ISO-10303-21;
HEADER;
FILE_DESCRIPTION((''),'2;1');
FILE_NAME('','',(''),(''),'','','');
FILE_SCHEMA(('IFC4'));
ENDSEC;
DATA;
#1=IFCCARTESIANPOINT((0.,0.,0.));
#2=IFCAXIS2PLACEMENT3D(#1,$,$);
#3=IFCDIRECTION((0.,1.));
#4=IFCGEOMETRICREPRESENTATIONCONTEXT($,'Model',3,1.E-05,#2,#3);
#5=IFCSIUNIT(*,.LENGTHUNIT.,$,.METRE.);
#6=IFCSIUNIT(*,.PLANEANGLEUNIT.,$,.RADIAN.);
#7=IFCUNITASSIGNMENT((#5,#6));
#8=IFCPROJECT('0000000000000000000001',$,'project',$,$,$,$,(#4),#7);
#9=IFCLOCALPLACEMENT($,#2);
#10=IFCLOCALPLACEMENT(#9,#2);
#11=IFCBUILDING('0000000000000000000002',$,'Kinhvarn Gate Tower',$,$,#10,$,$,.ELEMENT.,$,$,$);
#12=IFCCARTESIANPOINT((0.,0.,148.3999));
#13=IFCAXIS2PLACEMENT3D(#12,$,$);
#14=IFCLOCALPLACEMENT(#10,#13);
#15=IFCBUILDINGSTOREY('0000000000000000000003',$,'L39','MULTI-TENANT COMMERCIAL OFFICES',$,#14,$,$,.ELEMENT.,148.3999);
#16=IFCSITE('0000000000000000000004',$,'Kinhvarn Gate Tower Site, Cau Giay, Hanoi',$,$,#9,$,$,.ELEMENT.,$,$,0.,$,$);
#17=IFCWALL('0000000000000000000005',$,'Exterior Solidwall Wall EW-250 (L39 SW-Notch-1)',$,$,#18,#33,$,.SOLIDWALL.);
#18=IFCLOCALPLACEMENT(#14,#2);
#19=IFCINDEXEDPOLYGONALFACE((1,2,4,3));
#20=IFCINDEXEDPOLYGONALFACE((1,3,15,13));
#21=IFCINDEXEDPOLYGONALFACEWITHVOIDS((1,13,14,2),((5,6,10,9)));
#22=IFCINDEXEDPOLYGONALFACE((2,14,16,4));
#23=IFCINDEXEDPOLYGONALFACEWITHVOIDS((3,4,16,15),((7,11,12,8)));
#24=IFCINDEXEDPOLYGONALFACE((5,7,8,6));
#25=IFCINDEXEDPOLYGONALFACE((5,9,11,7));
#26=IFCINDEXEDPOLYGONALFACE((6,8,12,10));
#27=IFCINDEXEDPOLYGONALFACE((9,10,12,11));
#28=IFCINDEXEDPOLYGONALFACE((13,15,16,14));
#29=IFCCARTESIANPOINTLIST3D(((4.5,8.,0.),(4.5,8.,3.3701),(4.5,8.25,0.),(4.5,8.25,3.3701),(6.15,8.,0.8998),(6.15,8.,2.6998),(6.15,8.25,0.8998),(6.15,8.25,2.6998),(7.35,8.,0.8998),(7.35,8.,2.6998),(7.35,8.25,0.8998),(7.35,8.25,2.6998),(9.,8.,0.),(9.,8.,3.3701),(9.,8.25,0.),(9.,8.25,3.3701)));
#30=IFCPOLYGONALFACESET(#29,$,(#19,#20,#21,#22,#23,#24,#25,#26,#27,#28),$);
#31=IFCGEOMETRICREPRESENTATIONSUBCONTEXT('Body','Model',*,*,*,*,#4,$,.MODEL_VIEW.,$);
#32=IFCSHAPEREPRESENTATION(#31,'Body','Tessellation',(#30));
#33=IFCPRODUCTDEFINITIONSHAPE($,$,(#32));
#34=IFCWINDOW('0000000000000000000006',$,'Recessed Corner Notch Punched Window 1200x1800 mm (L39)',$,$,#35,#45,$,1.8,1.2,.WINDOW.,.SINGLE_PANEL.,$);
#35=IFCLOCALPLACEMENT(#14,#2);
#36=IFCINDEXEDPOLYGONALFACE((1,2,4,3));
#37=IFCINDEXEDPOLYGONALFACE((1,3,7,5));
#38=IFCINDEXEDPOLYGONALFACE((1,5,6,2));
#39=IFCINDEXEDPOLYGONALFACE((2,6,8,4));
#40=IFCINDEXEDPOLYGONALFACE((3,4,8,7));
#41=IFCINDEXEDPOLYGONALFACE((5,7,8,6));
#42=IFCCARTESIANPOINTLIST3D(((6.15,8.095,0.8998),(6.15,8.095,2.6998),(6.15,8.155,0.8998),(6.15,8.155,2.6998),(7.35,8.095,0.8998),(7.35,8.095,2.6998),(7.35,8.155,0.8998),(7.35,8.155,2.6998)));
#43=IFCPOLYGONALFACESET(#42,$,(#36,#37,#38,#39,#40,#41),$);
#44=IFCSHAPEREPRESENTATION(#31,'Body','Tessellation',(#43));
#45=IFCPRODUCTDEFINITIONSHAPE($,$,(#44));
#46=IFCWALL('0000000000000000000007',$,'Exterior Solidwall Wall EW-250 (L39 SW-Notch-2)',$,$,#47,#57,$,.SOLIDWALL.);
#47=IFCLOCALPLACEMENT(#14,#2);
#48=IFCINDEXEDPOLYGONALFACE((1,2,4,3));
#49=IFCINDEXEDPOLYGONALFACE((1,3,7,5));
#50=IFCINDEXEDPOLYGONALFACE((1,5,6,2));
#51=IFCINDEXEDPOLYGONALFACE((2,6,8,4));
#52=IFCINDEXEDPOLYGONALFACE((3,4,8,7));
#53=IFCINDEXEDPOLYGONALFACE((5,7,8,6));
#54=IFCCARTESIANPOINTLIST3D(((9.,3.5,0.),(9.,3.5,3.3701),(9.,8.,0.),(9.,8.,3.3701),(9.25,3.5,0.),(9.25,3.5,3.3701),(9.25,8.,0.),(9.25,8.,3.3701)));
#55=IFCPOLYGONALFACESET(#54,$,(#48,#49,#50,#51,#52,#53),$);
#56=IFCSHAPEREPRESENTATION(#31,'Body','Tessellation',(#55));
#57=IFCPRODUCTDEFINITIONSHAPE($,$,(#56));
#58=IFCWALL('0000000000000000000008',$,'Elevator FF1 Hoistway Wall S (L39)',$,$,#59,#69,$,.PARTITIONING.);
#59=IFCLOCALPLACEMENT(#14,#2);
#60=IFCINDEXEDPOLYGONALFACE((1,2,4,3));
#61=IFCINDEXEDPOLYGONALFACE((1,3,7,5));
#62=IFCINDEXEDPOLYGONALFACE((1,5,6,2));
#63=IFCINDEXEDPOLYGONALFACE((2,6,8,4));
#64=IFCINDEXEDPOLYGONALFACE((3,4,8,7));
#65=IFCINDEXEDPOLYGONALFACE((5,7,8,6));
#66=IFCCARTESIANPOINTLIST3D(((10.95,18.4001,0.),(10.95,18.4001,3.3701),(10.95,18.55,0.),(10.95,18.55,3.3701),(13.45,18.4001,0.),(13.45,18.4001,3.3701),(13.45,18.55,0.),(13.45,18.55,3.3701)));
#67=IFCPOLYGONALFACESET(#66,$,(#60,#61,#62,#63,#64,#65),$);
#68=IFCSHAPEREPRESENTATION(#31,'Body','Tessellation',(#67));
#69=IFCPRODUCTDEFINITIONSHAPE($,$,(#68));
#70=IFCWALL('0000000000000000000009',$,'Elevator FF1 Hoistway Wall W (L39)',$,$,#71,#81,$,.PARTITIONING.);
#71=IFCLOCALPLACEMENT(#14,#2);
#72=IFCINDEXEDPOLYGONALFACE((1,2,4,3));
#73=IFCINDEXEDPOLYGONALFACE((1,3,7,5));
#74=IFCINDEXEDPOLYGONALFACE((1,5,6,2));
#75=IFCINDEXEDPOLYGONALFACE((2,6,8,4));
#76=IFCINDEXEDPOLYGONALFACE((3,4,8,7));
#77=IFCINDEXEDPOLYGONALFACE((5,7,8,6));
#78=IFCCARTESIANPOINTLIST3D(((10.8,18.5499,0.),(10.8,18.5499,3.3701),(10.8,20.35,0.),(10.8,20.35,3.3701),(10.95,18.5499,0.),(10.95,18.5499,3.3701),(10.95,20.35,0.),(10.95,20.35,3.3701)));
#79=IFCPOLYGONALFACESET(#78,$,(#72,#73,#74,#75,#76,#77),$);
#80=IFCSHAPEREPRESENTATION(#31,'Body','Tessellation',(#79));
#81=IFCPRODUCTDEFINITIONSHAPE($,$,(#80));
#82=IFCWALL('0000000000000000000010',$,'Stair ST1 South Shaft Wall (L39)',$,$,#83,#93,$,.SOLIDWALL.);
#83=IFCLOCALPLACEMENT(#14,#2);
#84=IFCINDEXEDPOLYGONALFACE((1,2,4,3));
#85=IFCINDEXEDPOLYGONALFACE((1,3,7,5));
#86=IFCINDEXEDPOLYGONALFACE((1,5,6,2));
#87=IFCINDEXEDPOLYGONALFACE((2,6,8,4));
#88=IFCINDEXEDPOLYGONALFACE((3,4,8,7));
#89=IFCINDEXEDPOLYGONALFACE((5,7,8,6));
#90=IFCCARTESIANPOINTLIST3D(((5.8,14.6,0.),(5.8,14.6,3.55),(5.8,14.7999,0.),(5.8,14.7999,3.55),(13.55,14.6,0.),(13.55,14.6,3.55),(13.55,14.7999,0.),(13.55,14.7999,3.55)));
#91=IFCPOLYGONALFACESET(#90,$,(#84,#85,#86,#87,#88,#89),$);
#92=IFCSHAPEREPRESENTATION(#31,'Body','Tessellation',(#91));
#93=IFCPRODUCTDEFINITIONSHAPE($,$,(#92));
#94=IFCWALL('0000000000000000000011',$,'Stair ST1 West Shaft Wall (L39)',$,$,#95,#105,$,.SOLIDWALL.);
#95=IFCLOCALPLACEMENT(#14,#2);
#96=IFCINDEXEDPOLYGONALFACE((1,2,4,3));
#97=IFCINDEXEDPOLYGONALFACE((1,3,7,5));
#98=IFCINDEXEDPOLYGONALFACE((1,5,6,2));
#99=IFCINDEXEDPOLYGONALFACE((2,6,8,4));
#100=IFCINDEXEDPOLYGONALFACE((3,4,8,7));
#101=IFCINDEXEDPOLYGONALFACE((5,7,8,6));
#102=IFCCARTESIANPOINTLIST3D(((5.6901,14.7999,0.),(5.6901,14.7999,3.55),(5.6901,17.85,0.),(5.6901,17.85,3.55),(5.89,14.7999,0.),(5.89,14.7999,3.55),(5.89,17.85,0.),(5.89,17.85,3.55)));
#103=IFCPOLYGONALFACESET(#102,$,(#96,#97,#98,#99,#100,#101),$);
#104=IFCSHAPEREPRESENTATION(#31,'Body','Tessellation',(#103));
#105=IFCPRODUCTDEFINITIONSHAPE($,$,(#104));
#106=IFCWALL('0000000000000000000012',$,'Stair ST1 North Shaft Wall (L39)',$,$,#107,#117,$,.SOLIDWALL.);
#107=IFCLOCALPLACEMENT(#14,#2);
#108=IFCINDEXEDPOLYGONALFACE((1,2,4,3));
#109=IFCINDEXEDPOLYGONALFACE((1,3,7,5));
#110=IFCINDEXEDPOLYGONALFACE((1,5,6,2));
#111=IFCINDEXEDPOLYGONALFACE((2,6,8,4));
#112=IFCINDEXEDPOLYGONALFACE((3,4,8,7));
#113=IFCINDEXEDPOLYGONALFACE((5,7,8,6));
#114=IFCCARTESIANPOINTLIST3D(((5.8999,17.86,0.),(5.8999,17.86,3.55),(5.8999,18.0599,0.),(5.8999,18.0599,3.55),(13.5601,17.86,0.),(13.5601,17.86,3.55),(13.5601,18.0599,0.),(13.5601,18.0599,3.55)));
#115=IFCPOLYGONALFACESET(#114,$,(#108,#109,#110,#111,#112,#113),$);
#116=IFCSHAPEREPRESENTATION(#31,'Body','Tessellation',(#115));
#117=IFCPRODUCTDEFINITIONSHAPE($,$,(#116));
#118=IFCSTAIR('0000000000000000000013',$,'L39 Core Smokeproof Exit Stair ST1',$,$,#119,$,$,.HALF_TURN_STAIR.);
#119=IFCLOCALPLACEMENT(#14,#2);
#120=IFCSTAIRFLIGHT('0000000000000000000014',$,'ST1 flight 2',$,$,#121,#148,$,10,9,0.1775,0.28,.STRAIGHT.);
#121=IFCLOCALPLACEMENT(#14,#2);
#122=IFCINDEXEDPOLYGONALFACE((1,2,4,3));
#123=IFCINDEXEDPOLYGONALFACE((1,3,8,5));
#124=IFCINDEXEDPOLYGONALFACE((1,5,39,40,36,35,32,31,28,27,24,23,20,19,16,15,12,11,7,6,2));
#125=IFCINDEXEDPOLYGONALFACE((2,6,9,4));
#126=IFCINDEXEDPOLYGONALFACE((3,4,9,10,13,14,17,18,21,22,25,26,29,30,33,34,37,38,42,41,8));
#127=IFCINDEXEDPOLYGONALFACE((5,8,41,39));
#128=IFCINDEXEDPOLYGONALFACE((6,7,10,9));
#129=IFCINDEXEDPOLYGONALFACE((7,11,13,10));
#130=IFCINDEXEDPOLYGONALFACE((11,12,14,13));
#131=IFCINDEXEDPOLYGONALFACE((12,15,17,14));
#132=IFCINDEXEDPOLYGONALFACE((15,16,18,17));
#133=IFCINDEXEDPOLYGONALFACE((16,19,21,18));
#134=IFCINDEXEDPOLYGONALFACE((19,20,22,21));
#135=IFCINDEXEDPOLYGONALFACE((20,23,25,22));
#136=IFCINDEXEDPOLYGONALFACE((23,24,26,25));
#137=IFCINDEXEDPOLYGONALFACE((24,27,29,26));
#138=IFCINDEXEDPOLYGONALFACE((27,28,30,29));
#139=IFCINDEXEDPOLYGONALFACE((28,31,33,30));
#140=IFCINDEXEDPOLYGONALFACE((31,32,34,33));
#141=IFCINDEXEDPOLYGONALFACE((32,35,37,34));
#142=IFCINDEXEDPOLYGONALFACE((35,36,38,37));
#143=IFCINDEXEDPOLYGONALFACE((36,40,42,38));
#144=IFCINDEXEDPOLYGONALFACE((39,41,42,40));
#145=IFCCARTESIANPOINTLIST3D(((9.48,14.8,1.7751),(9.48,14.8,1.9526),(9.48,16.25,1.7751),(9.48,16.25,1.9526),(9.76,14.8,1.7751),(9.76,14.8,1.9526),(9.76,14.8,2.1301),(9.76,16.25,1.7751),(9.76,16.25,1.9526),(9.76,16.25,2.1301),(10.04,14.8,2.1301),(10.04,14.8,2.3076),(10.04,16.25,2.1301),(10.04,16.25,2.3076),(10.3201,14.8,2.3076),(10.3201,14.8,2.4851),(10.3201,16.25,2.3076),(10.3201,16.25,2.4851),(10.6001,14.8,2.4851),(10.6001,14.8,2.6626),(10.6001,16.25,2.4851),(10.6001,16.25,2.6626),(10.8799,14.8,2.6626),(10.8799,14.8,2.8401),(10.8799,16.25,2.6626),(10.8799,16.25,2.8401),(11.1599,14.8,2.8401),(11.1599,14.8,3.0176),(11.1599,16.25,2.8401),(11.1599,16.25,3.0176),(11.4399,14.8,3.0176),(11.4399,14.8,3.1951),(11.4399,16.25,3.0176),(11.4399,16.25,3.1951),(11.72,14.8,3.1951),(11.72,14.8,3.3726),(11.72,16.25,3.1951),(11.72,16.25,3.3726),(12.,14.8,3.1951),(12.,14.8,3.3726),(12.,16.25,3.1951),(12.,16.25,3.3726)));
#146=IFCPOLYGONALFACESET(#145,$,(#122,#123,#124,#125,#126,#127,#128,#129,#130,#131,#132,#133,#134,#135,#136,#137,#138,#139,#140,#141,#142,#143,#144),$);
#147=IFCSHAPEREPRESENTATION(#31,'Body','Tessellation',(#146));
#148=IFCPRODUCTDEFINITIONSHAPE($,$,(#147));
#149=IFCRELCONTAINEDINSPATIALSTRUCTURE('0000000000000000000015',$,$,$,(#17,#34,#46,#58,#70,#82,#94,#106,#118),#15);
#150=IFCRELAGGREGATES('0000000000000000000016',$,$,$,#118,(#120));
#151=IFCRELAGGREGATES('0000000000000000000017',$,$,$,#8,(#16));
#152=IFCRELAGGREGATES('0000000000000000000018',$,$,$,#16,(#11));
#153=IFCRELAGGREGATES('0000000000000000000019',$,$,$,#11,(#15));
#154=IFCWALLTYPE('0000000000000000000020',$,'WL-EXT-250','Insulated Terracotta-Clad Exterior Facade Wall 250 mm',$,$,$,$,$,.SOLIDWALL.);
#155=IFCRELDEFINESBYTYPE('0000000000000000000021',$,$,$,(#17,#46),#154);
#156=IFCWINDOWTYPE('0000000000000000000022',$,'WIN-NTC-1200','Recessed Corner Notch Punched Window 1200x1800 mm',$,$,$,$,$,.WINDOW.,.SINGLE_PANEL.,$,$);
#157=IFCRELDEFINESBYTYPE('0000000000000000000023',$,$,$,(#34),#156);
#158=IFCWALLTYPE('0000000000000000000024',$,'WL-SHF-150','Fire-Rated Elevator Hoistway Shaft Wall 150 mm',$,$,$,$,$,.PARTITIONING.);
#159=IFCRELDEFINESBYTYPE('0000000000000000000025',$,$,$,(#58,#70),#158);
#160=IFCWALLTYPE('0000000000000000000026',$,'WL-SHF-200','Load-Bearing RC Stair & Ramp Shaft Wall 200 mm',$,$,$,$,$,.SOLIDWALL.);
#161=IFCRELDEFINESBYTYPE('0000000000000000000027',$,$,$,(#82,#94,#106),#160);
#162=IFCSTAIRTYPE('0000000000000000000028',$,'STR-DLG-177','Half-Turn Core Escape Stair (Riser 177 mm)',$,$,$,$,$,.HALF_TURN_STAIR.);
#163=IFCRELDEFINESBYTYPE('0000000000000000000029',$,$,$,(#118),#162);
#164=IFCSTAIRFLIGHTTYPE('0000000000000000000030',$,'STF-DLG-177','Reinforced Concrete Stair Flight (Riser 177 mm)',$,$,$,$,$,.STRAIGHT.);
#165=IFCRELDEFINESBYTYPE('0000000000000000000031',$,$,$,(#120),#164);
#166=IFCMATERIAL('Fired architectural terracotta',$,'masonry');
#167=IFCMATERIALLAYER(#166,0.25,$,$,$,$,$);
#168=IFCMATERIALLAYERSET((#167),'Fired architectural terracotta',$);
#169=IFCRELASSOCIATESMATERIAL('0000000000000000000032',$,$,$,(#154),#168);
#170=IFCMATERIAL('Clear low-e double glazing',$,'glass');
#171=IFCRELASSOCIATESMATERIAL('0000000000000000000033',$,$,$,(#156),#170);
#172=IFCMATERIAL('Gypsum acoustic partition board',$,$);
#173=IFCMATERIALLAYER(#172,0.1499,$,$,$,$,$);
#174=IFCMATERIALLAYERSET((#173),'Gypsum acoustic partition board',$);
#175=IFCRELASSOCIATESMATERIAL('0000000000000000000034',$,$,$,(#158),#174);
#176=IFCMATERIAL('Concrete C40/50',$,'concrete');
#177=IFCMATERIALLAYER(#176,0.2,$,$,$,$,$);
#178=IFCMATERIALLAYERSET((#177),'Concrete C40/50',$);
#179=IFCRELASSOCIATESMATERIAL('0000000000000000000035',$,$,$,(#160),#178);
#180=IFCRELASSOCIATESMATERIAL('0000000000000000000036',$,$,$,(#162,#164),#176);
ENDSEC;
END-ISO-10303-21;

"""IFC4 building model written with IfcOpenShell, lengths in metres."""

from ifc_helpers import new_model, si_unit, direction, frame, frame_2d, origin, place, context, subcontext, project, spatial, polyline, rectangle, outline, extrude, material, layer, layer_set, type_object, element, fill, aggregate, save


model = new_model("IFC4")

# Units and contexts
model_context = context("Model", 3, precision=1e-05, world=origin(), true_north=direction((0.0, 1.0)))
body_context = subcontext(model_context, "Body", "Model", "MODEL_VIEW")
ifc_project = project(units=[si_unit("LENGTHUNIT", "METRE"), si_unit("PLANEANGLEUNIT", "RADIAN")], contexts=[model_context])

# Site, building, storey
site_placement = place(None, origin())
site = spatial("IfcSite", under=ifc_project, at=site_placement, Name="Kinhvarn Gate Tower Site, Cau Giay, Hanoi", CompositionType="ELEMENT", RefElevation=0.0)
building_placement = place(site_placement, origin())
building = spatial("IfcBuilding", under=site, at=building_placement, Name="Kinhvarn Gate Tower", CompositionType="ELEMENT")
storey_placement = place(building_placement, frame((0.0, 0.0, 148.3999)))
storey = spatial("IfcBuildingStorey", under=building, at=storey_placement, Name="L39", Description="MULTI-TENANT COMMERCIAL OFFICES", CompositionType="ELEMENT", Elevation=148.3999)

# Wall, opening, window
ifc_material_1 = material(Name="Fired architectural terracotta", Category="masonry")
ifc_layer_1 = layer(ifc_material_1, 0.25)
ifc_layer_set_1 = layer_set([ifc_layer_1], Name="Fired architectural terracotta")
wall_type_1 = type_object("IfcWallType", Name="WL-EXT-250", Description="Insulated Terracotta-Clad Exterior Facade Wall 250 mm", PredefinedType="SOLIDWALL", material=ifc_layer_set_1)
ifc_material_2 = material(Name="Clear low-e double glazing", Category="glass")
wall_1_placement = place(storey_placement, frame((4.5, 8.125, 0.0), z_axis=(0.0, 0.0, 1.0), x_axis=(1.0, 0.0, 0.0)))
wall_1 = element("IfcWall", 1, at=wall_1_placement, inside=storey, type_object=wall_type_1, Name="Exterior Solidwall Wall EW-250 (L39 SW-Notch-1)", PredefinedType="SOLIDWALL", context=body_context, shape_type="SweptSolid", body=[
    extrude(rectangle(XDim=4.5, YDim=0.25, at=frame_2d((2.25, 0.0))), origin(), (0.0, 0.0, 1.0), 3.3701),
])
opening_1_placement = place(wall_1_placement, frame((1.6499, 0.0, 0.8999)))
opening_1 = element("IfcOpeningElement", 2, at=opening_1_placement, cuts=wall_1, PredefinedType="OPENING", context=body_context, shape_type="SweptSolid", body=[
    extrude(rectangle(XDim=1.2, YDim=1.8, at=frame_2d((0.6001, 0.8999))), frame((0.0, 0.135, 0.0), z_axis=(0.0, -1.0, 0.0), x_axis=(1.0, 0.0, 0.0)), (0.0, 0.0, 1.0), 0.27),
])
window_type_1 = type_object("IfcWindowType", Name="WIN-NTC-1200", Description="Recessed Corner Notch Punched Window 1200x1800 mm", PartitioningType="SINGLE_PANEL", PredefinedType="WINDOW", material=ifc_material_2)
window_1_placement = place(opening_1_placement, origin())
window_1 = element("IfcWindow", 3, at=window_1_placement, inside=storey, type_object=window_type_1, Name="Recessed Corner Notch Punched Window 1200x1800 mm (L39)", OverallHeight=1.8, OverallWidth=1.2, PartitioningType="SINGLE_PANEL", PredefinedType="WINDOW", context=body_context, shape_type="SweptSolid", body=[
    extrude(rectangle(XDim=1.2, YDim=1.8, at=frame_2d((0.6001, 0.8999))), frame((0.0, 0.03, 0.0), z_axis=(0.0, -1.0, 0.0), x_axis=(1.0, 0.0, 0.0)), (0.0, 0.0, 1.0), 0.0601),
])
fill(opening_1, window_1)

# Walls
wall_2_placement = place(storey_placement, frame((9.125, 8.0, 0.0), z_axis=(0.0, 0.0, 1.0), x_axis=(0.0, -1.0, 0.0)))
element("IfcWall", 4, at=wall_2_placement, inside=storey, type_object=wall_type_1, Name="Exterior Solidwall Wall EW-250 (L39 SW-Notch-2)", PredefinedType="SOLIDWALL", context=body_context, shape_type="SweptSolid", body=[
    extrude(rectangle(XDim=4.5, YDim=0.25, at=frame_2d((2.25, 0.0))), origin(), (0.0, 0.0, 1.0), 3.3701),
])
ifc_material_3 = material(Name="Gypsum acoustic partition board")
ifc_layer_2 = layer(ifc_material_3, 0.1499)
ifc_layer_set_2 = layer_set([ifc_layer_2], Name="Gypsum acoustic partition board")
wall_type_2 = type_object("IfcWallType", Name="WL-SHF-150", Description="Fire-Rated Elevator Hoistway Shaft Wall 150 mm", PredefinedType="PARTITIONING", material=ifc_layer_set_2)
wall_3_placement = place(storey_placement, frame((10.95, 18.4751, 0.0), z_axis=(0.0, 0.0, 1.0), x_axis=(1.0, 0.0, 0.0)))
element("IfcWall", 5, at=wall_3_placement, inside=storey, type_object=wall_type_2, Name="Elevator FF1 Hoistway Wall S (L39)", PredefinedType="PARTITIONING", context=body_context, shape_type="SweptSolid", body=[
    extrude(rectangle(XDim=2.5, YDim=0.1499, at=frame_2d((1.25, 0.0))), origin(), (0.0, 0.0, 1.0), 3.3701),
])
wall_4_placement = place(storey_placement, frame((10.875, 18.55, 0.0), z_axis=(0.0, 0.0, 1.0), x_axis=(0.0, 1.0, 0.0)))
element("IfcWall", 6, at=wall_4_placement, inside=storey, type_object=wall_type_2, Name="Elevator FF1 Hoistway Wall W (L39)", PredefinedType="PARTITIONING", context=body_context, shape_type="SweptSolid", body=[
    extrude(rectangle(XDim=1.8, YDim=0.1499, at=frame_2d((0.8999, 0.0))), origin(), (0.0, 0.0, 1.0), 3.3701),
])
ifc_material_4 = material(Name="Concrete C40/50", Category="concrete")
ifc_layer_3 = layer(ifc_material_4, 0.2)
ifc_layer_set_3 = layer_set([ifc_layer_3], Name="Concrete C40/50")
wall_type_3 = type_object("IfcWallType", Name="WL-SHF-200", Description="Load-Bearing RC Stair & Ramp Shaft Wall 200 mm", PredefinedType="SOLIDWALL", material=ifc_layer_set_3)
wall_5_placement = place(storey_placement, frame((5.8, 14.7, 0.0), z_axis=(0.0, 0.0, 1.0), x_axis=(1.0, 0.0, 0.0)))
element("IfcWall", 7, at=wall_5_placement, inside=storey, type_object=wall_type_3, Name="Stair ST1 South Shaft Wall (L39)", PredefinedType="SOLIDWALL", context=body_context, shape_type="SweptSolid", body=[
    extrude(rectangle(XDim=7.75, YDim=0.2, at=frame_2d((3.875, 0.0))), origin(), (0.0, 0.0, 1.0), 3.55),
])
wall_6_placement = place(storey_placement, frame((5.79, 14.8, 0.0), z_axis=(0.0, 0.0, 1.0), x_axis=(0.0, 1.0, 0.0)))
element("IfcWall", 8, at=wall_6_placement, inside=storey, type_object=wall_type_3, Name="Stair ST1 West Shaft Wall (L39)", PredefinedType="SOLIDWALL", context=body_context, shape_type="SweptSolid", body=[
    extrude(rectangle(XDim=3.05, YDim=0.2, at=frame_2d((1.5249, 0.0))), origin(), (0.0, 0.0, 1.0), 3.55),
])
wall_7_placement = place(storey_placement, frame((5.8999, 17.96, 0.0), z_axis=(0.0, 0.0, 1.0), x_axis=(1.0, 0.0, 0.0)))
element("IfcWall", 9, at=wall_7_placement, inside=storey, type_object=wall_type_3, Name="Stair ST1 North Shaft Wall (L39)", PredefinedType="SOLIDWALL", context=body_context, shape_type="SweptSolid", body=[
    extrude(rectangle(XDim=7.6602, YDim=0.2, at=frame_2d((3.8301, 0.0))), origin(), (0.0, 0.0, 1.0), 3.55),
])

# Stair, stair flight
stair_type = type_object("IfcStairType", Name="STR-DLG-177", Description="Half-Turn Core Escape Stair (Riser 177 mm)", PredefinedType="HALF_TURN_STAIR", material=ifc_material_4)
stair_placement = place(storey_placement, origin())
stair = element("IfcStair", 10, at=stair_placement, inside=storey, type_object=stair_type, Name="L39 Core Smokeproof Exit Stair ST1", PredefinedType="HALF_TURN_STAIR")
stair_flight_type = type_object("IfcStairFlightType", Name="STF-DLG-177", Description="Reinforced Concrete Stair Flight (Riser 177 mm)", PredefinedType="STRAIGHT", material=ifc_material_4)
stair_flight_placement = place(storey_placement, frame((9.48, 15.5249, 1.7751), z_axis=(0.0, 0.0, 1.0), x_axis=(1.0, 0.0, 0.0)))
stair_flight = element("IfcStairFlight", 11, at=stair_flight_placement, type_object=stair_flight_type, Name="ST1 flight 2", NumberOfRisers=10, NumberOfTreads=9, PredefinedType="STRAIGHT", RiserHeight=0.1775, TreadLength=0.28, context=body_context, shape_type="SweptSolid", body=[
    extrude(outline(polyline([(0.0, 0.0), (0.0, 0.1775), (0.28, 0.1775), (0.28, 0.355), (0.5601, 0.355), (0.5601, 0.5325), (0.8401, 0.5325), (0.8401, 0.71), (1.1201, 0.71), (1.1201, 0.8875), (1.3999, 0.8875), (1.3999, 1.0649), (1.6799, 1.0649), (1.6799, 1.2424), (1.96, 1.2424), (1.96, 1.4199), (2.24, 1.4199), (2.24, 1.5974), (2.52, 1.5974), (2.52, 1.7749), (2.52, 1.4199), (0.28, 0.0), (0.0, 0.0)])), frame((0.0, 0.7251, 0.0), z_axis=(0.0, -1.0, 0.0), x_axis=(1.0, 0.0, 0.0)), (0.0, 0.0, 1.0), 1.45),
])
aggregate(stair, [stair_flight])

save(model, "model.ifc")
